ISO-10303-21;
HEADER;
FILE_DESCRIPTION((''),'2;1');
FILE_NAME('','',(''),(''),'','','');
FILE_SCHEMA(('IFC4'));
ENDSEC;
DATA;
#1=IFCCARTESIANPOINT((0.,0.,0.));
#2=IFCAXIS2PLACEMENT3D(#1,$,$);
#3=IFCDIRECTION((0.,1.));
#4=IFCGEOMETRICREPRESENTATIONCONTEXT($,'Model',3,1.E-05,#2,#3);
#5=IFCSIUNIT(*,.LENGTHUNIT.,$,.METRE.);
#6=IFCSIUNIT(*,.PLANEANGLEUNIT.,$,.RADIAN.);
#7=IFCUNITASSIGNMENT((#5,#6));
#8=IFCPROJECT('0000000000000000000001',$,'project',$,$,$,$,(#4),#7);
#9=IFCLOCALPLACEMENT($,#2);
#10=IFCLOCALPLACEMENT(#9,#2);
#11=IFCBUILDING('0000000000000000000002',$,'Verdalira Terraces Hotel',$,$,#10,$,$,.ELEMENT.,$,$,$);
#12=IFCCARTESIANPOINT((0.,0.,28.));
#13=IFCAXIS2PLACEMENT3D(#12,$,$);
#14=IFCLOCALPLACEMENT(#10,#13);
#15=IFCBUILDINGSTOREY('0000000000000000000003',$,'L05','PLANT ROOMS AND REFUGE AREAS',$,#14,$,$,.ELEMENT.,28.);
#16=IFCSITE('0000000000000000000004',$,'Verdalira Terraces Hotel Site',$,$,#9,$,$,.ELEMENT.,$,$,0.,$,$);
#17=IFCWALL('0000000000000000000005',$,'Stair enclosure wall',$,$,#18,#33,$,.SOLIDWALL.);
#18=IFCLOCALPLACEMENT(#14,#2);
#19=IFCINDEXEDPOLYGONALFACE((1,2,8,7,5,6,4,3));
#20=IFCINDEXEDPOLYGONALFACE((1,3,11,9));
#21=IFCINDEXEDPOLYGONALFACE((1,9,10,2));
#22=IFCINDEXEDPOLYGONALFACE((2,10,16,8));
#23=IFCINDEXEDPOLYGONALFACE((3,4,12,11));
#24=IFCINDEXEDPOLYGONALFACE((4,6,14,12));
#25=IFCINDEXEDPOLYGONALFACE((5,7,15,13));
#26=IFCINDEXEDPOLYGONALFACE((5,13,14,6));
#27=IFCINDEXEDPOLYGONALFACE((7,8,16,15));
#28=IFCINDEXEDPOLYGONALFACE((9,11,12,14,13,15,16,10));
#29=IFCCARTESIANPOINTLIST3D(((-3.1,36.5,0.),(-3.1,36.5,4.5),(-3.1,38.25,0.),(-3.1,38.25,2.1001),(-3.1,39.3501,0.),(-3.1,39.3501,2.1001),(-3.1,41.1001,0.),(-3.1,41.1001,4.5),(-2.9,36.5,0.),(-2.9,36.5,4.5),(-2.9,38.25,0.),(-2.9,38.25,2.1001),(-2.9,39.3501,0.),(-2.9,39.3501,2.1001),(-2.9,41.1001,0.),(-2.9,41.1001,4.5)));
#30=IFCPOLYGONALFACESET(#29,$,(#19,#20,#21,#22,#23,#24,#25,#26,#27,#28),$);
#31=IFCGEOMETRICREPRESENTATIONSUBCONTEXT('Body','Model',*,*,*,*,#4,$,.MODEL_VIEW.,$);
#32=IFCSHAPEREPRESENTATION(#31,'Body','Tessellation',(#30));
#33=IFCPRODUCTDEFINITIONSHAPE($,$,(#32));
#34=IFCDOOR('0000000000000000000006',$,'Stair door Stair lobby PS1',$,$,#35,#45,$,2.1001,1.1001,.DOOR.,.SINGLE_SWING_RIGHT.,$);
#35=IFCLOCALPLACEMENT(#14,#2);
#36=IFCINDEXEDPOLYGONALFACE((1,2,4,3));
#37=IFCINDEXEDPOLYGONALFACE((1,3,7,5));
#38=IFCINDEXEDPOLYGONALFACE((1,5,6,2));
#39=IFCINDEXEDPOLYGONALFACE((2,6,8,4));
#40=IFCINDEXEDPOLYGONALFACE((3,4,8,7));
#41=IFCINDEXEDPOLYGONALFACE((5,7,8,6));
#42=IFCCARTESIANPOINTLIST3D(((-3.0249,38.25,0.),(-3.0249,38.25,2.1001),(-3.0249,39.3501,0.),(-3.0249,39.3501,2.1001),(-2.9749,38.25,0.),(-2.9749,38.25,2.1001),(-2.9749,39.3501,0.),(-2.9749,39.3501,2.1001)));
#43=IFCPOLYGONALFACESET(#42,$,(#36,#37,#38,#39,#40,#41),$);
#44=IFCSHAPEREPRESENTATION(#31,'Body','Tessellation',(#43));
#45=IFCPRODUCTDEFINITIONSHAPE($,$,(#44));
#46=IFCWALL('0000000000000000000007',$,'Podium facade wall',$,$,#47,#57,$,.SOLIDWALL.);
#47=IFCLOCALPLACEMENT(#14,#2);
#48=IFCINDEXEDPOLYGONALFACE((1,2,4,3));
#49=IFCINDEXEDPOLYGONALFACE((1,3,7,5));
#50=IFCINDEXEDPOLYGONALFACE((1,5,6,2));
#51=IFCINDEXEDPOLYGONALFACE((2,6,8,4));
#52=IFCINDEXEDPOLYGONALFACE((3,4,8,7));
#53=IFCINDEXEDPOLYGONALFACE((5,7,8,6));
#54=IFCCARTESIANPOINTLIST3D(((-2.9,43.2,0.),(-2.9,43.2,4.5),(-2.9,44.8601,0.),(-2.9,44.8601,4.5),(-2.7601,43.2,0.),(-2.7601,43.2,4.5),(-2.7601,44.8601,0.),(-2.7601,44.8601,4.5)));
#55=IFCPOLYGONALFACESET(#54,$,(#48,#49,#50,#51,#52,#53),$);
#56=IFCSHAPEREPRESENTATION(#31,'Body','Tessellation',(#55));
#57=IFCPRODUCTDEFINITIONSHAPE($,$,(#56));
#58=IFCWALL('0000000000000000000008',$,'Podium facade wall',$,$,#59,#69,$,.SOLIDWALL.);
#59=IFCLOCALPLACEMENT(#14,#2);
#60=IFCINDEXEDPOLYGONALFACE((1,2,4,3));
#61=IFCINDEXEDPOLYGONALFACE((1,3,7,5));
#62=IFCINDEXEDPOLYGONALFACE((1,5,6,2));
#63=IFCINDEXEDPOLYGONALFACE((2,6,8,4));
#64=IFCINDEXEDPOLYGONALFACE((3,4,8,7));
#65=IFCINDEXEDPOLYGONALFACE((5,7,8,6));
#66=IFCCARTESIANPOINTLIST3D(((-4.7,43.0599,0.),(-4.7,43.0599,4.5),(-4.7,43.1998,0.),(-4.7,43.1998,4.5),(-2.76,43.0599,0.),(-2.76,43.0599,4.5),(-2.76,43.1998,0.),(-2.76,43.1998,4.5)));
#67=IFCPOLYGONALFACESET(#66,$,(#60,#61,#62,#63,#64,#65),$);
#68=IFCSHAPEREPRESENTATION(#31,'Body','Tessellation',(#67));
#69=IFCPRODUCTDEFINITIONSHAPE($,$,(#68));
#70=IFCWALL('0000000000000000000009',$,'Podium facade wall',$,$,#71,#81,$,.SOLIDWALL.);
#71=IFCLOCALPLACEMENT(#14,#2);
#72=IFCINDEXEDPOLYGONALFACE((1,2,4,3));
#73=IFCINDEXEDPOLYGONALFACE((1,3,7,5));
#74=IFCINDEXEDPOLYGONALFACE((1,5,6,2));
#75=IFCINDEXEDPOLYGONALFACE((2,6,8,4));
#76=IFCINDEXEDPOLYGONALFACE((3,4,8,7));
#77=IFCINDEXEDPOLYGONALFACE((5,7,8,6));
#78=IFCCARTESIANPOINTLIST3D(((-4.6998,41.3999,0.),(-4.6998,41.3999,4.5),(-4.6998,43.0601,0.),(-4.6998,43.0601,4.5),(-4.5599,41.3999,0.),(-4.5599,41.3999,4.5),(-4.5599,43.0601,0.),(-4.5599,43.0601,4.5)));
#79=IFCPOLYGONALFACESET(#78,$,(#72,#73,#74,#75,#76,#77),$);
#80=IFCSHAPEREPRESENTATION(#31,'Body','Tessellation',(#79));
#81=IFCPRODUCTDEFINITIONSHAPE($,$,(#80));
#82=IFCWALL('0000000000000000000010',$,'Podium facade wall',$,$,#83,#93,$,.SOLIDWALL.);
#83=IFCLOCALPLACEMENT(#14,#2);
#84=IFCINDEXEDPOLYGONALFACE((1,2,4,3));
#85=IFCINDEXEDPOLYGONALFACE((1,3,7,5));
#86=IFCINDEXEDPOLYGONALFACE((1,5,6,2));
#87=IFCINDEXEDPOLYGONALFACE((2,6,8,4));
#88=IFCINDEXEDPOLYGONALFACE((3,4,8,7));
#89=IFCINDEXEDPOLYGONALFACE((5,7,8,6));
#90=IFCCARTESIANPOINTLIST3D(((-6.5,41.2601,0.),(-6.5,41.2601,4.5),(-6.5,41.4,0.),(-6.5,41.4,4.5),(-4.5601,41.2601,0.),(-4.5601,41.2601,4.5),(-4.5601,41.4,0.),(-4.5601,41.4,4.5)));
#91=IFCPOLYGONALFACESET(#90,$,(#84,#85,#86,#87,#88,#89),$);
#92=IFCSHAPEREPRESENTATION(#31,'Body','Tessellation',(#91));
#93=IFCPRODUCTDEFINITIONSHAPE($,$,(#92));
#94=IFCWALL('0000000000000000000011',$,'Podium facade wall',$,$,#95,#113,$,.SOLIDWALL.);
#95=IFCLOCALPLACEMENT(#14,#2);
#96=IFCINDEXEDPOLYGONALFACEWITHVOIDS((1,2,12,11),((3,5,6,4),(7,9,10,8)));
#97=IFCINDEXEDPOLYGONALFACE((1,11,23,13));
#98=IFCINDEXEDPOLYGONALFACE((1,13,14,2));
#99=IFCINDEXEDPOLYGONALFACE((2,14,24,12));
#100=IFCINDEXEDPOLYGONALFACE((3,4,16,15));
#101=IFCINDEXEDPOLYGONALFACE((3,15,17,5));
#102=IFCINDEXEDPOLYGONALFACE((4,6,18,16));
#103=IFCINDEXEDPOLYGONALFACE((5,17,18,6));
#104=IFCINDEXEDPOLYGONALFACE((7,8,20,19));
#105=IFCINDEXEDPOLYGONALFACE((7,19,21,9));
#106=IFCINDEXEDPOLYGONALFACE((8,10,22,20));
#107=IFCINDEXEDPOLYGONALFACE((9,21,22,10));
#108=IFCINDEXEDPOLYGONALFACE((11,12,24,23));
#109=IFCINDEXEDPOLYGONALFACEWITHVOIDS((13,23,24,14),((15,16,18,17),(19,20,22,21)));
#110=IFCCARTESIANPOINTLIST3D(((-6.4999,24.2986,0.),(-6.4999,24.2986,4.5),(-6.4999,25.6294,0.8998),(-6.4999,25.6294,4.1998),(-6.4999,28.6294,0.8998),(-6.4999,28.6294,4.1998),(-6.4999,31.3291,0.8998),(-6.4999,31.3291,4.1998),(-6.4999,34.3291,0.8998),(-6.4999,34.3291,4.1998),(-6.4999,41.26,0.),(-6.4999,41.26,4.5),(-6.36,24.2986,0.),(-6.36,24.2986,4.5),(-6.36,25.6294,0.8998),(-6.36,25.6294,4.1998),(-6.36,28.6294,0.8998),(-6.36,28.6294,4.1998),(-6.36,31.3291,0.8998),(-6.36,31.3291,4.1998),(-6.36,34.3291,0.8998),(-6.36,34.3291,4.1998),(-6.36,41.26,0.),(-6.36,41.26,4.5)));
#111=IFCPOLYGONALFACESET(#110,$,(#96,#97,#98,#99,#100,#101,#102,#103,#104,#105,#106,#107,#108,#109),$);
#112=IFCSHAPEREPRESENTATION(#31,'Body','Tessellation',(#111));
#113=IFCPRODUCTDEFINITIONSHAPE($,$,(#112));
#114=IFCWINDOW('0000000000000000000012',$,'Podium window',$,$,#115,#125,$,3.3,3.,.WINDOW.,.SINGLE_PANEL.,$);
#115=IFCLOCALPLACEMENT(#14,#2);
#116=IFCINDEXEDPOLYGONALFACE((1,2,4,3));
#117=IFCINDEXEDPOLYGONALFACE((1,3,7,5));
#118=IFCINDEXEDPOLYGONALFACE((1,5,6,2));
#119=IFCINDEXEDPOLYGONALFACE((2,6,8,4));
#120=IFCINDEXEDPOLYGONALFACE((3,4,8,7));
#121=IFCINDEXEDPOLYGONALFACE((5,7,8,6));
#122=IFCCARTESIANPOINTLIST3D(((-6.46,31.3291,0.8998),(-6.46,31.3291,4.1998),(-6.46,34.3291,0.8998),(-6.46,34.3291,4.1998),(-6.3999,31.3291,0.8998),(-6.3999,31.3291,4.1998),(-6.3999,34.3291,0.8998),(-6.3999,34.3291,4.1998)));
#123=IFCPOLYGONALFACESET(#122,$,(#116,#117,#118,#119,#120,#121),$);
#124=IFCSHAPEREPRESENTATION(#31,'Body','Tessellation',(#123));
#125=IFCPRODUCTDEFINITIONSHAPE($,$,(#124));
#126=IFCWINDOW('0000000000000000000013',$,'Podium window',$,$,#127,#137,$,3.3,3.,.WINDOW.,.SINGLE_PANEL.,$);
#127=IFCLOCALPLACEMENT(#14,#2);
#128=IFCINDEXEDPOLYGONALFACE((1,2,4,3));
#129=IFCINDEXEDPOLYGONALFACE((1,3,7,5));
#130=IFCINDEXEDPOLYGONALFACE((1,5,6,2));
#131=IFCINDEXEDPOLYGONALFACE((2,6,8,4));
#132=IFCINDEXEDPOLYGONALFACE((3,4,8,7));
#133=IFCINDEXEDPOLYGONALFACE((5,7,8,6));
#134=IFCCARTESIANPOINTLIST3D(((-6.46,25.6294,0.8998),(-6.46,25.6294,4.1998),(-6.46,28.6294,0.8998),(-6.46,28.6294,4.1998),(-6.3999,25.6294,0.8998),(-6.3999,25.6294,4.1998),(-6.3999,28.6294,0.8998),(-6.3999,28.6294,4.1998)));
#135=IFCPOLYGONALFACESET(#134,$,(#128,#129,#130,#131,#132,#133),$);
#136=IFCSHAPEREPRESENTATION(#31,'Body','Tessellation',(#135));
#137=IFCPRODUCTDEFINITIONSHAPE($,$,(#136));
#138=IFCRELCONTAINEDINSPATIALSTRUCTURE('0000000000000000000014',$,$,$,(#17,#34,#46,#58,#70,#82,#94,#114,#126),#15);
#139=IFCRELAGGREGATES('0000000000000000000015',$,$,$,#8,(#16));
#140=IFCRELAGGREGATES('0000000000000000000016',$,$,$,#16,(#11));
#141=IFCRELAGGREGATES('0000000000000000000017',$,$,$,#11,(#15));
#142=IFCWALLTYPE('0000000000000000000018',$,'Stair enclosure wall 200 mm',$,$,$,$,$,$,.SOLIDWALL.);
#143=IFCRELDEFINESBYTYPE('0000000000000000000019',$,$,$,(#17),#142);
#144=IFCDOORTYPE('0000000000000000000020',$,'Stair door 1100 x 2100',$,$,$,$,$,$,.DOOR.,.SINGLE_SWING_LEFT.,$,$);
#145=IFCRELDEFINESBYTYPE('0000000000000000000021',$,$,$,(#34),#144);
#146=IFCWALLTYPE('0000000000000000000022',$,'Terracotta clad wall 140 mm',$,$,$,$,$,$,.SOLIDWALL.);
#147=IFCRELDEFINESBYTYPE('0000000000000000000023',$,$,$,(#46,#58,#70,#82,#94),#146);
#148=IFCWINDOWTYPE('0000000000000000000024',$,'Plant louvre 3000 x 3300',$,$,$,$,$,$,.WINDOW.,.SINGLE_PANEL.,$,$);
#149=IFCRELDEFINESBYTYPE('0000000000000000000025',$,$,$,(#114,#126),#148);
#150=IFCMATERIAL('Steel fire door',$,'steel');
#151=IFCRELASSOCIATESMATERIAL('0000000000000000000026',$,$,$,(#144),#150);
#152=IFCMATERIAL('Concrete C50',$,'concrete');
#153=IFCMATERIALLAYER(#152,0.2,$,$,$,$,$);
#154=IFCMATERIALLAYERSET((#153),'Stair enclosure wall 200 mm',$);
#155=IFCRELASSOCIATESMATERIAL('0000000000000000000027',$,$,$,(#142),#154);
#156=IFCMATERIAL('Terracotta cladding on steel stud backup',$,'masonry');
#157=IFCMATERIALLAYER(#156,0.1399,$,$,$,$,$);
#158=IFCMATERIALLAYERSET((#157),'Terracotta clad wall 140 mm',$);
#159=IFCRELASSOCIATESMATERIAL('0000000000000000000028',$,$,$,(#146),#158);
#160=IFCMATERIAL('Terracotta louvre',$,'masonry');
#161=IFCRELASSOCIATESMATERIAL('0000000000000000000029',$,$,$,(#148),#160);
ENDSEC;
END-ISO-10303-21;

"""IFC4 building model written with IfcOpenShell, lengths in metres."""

from ifc_helpers import new_model, si_unit, direction, frame, frame_2d, origin, place, context, subcontext, project, spatial, rectangle, extrude, material, layer, layer_set, type_object, element, fill, save


model = new_model("IFC4")

# Units and contexts
model_context = context("Model", 3, precision=1e-05, world=origin(), true_north=direction((0.0, 1.0)))
body_context = subcontext(model_context, "Body", "Model", "MODEL_VIEW")
ifc_project = project(units=[si_unit("LENGTHUNIT", "METRE"), si_unit("PLANEANGLEUNIT", "RADIAN")], contexts=[model_context])

# Site, building, storey
site_placement = place(None, origin())
site = spatial("IfcSite", under=ifc_project, at=site_placement, Name="Verdalira Terraces Hotel Site", CompositionType="ELEMENT", RefElevation=0.0)
building_placement = place(site_placement, origin())
building = spatial("IfcBuilding", under=site, at=building_placement, Name="Verdalira Terraces Hotel", CompositionType="ELEMENT")
storey_placement = place(building_placement, frame((0.0, 0.0, 28.0)))
storey = spatial("IfcBuildingStorey", under=building, at=storey_placement, Name="L05", Description="PLANT ROOMS AND REFUGE AREAS", CompositionType="ELEMENT", Elevation=28.0)

# Shared definitions
ifc_material_1 = material(Name="Steel fire door", Category="steel")
door_type_1 = type_object("IfcDoorType", Name="Stair door 1100 x 2100", OperationType="SINGLE_SWING_LEFT", PredefinedType="DOOR", material=ifc_material_1)

# Shared definitions
ifc_material_2 = material(Name="Concrete C50", Category="concrete")
ifc_layer_1 = layer(ifc_material_2, 0.2)
ifc_layer_set_1 = layer_set([ifc_layer_1], Name="Stair enclosure wall 200 mm")
wall_type_1 = type_object("IfcWallType", Name="Stair enclosure wall 200 mm", PredefinedType="SOLIDWALL", material=ifc_layer_set_1)

# Wall, opening, door
wall_1_placement = place(storey_placement, frame((-3.0, 36.5, 0.0), z_axis=(0.0, 0.0, 1.0), x_axis=(0.0, 1.0, 0.0)))
wall_1 = element("IfcWall", 1, at=wall_1_placement, inside=storey, type_object=wall_type_1, Name="Stair enclosure wall", PredefinedType="SOLIDWALL", context=body_context, shape_type="SweptSolid", body=[
    extrude(rectangle(XDim=4.6001, YDim=0.2, at=frame_2d((2.3, 0.0))), origin(), (0.0, 0.0, 1.0), 4.5),
])
opening_1_placement = place(wall_1_placement, frame((1.75, 0.0, 0.0)))
opening_1 = element("IfcOpeningElement", 2, at=opening_1_placement, cuts=wall_1, PredefinedType="OPENING", context=body_context, shape_type="SweptSolid", body=[
    extrude(rectangle(XDim=1.1001, YDim=2.1001, at=frame_2d((0.55, 1.05))), frame((0.0, 0.1099, 0.0), z_axis=(0.0, -1.0, 0.0), x_axis=(1.0, 0.0, 0.0)), (0.0, 0.0, 1.0), 0.22),
])
door_1_placement = place(opening_1_placement, origin())
door_1 = element("IfcDoor", 3, at=door_1_placement, inside=storey, type_object=door_type_1, Name="Stair door Stair lobby PS1", OperationType="SINGLE_SWING_RIGHT", OverallHeight=2.1001, OverallWidth=1.1001, PredefinedType="DOOR", context=body_context, shape_type="SweptSolid", body=[
    extrude(rectangle(XDim=1.1001, YDim=2.1001, at=frame_2d((0.55, 1.05))), frame((0.0, 0.0249, 0.0), z_axis=(0.0, -1.0, 0.0), x_axis=(1.0, 0.0, 0.0)), (0.0, 0.0, 1.0), 0.05),
])
fill(opening_1, door_1)

# Walls
ifc_material_3 = material(Name="Terracotta cladding on steel stud backup", Category="masonry")
ifc_layer_2 = layer(ifc_material_3, 0.1399)
ifc_layer_set_2 = layer_set([ifc_layer_2], Name="Terracotta clad wall 140 mm")
wall_type_2 = type_object("IfcWallType", Name="Terracotta clad wall 140 mm", PredefinedType="SOLIDWALL", material=ifc_layer_set_2)
wall_2_placement = place(storey_placement, frame((-2.8301, 44.8601, 0.0), z_axis=(0.0, 0.0, 1.0), x_axis=(0.0, -1.0, 0.0)))
element("IfcWall", 4, at=wall_2_placement, inside=storey, type_object=wall_type_2, Name="Podium facade wall", PredefinedType="SOLIDWALL", context=body_context, shape_type="SweptSolid", body=[
    extrude(rectangle(XDim=1.6602, YDim=0.1399, at=frame_2d((0.8301, 0.0))), origin(), (0.0, 0.0, 1.0), 4.5),
])
wall_3_placement = place(storey_placement, frame((-2.76, 43.1299, 0.0), z_axis=(0.0, 0.0, 1.0), x_axis=(-1.0, 0.0, 0.0)))
element("IfcWall", 5, at=wall_3_placement, inside=storey, type_object=wall_type_2, Name="Podium facade wall", PredefinedType="SOLIDWALL", context=body_context, shape_type="SweptSolid", body=[
    extrude(rectangle(XDim=1.9399, YDim=0.1399, at=frame_2d((0.97, 0.0))), origin(), (0.0, 0.0, 1.0), 4.5),
])
wall_4_placement = place(storey_placement, frame((-4.6299, 43.0601, 0.0), z_axis=(0.0, 0.0, 1.0), x_axis=(0.0, -1.0, 0.0)))
element("IfcWall", 6, at=wall_4_placement, inside=storey, type_object=wall_type_2, Name="Podium facade wall", PredefinedType="SOLIDWALL", context=body_context, shape_type="SweptSolid", body=[
    extrude(rectangle(XDim=1.6602, YDim=0.1399, at=frame_2d((0.8301, 0.0))), origin(), (0.0, 0.0, 1.0), 4.5),
])
wall_5_placement = place(storey_placement, frame((-4.5601, 41.3301, 0.0), z_axis=(0.0, 0.0, 1.0), x_axis=(-1.0, 0.0, 0.0)))
element("IfcWall", 7, at=wall_5_placement, inside=storey, type_object=wall_type_2, Name="Podium facade wall", PredefinedType="SOLIDWALL", context=body_context, shape_type="SweptSolid", body=[
    extrude(rectangle(XDim=1.9399, YDim=0.1399, at=frame_2d((0.97, 0.0))), origin(), (0.0, 0.0, 1.0), 4.5),
])

# Wall, openings, windows
wall_6_placement = place(storey_placement, frame((-6.4299, 41.26, 0.0), z_axis=(0.0, 0.0, 1.0), x_axis=(0.0, -1.0, 0.0)))
wall_6 = element("IfcWall", 8, at=wall_6_placement, inside=storey, type_object=wall_type_2, Name="Podium facade wall", PredefinedType="SOLIDWALL", context=body_context, shape_type="SweptSolid", body=[
    extrude(rectangle(XDim=16.9614, YDim=0.1399, at=frame_2d((8.4807, 0.0))), origin(), (0.0, 0.0, 1.0), 4.5),
])
opening_2_placement = place(wall_6_placement, frame((6.9309, 0.0, 0.8999)))
opening_2 = element("IfcOpeningElement", 9, at=opening_2_placement, cuts=wall_6, PredefinedType="OPENING", context=body_context, shape_type="SweptSolid", body=[
    extrude(rectangle(XDim=3.0, YDim=3.3, at=frame_2d((1.5, 1.6499))), frame((0.0, 0.0798, 0.0), z_axis=(0.0, -1.0, 0.0), x_axis=(1.0, 0.0, 0.0)), (0.0, 0.0, 1.0), 0.1599),
])
opening_3_placement = place(wall_6_placement, frame((12.6306, 0.0, 0.8999)))
opening_3 = element("IfcOpeningElement", 10, at=opening_3_placement, cuts=wall_6, PredefinedType="OPENING", context=body_context, shape_type="SweptSolid", body=[
    extrude(rectangle(XDim=3.0, YDim=3.3, at=frame_2d((1.5, 1.6499))), frame((0.0, 0.0798, 0.0), z_axis=(0.0, -1.0, 0.0), x_axis=(1.0, 0.0, 0.0)), (0.0, 0.0, 1.0), 0.1599),
])
ifc_material_4 = material(Name="Terracotta louvre", Category="masonry")
window_type = type_object("IfcWindowType", Name="Plant louvre 3000 x 3300", PartitioningType="SINGLE_PANEL", PredefinedType="WINDOW", material=ifc_material_4)
window_1_placement = place(opening_2_placement, origin())
window_1 = element("IfcWindow", 11, at=window_1_placement, inside=storey, type_object=window_type, Name="Podium window", OverallHeight=3.3, OverallWidth=3.0, PartitioningType="SINGLE_PANEL", PredefinedType="WINDOW", context=body_context, shape_type="SweptSolid", body=[
    extrude(rectangle(XDim=3.0, YDim=3.3, at=frame_2d((1.5, 1.6499))), frame((0.0, 0.03, 0.0), z_axis=(0.0, -1.0, 0.0), x_axis=(1.0, 0.0, 0.0)), (0.0, 0.0, 1.0), 0.0601),
])
fill(opening_2, window_1)
window_2_placement = place(opening_3_placement, origin())
window_2 = element("IfcWindow", 12, at=window_2_placement, inside=storey, type_object=window_type, Name="Podium window", OverallHeight=3.3, OverallWidth=3.0, PartitioningType="SINGLE_PANEL", PredefinedType="WINDOW", context=body_context, shape_type="SweptSolid", body=[
    extrude(rectangle(XDim=3.0, YDim=3.3, at=frame_2d((1.5, 1.6499))), frame((0.0, 0.03, 0.0), z_axis=(0.0, -1.0, 0.0), x_axis=(1.0, 0.0, 0.0)), (0.0, 0.0, 1.0), 0.0601),
])
fill(opening_3, window_2)

save(model, "model.ifc")
